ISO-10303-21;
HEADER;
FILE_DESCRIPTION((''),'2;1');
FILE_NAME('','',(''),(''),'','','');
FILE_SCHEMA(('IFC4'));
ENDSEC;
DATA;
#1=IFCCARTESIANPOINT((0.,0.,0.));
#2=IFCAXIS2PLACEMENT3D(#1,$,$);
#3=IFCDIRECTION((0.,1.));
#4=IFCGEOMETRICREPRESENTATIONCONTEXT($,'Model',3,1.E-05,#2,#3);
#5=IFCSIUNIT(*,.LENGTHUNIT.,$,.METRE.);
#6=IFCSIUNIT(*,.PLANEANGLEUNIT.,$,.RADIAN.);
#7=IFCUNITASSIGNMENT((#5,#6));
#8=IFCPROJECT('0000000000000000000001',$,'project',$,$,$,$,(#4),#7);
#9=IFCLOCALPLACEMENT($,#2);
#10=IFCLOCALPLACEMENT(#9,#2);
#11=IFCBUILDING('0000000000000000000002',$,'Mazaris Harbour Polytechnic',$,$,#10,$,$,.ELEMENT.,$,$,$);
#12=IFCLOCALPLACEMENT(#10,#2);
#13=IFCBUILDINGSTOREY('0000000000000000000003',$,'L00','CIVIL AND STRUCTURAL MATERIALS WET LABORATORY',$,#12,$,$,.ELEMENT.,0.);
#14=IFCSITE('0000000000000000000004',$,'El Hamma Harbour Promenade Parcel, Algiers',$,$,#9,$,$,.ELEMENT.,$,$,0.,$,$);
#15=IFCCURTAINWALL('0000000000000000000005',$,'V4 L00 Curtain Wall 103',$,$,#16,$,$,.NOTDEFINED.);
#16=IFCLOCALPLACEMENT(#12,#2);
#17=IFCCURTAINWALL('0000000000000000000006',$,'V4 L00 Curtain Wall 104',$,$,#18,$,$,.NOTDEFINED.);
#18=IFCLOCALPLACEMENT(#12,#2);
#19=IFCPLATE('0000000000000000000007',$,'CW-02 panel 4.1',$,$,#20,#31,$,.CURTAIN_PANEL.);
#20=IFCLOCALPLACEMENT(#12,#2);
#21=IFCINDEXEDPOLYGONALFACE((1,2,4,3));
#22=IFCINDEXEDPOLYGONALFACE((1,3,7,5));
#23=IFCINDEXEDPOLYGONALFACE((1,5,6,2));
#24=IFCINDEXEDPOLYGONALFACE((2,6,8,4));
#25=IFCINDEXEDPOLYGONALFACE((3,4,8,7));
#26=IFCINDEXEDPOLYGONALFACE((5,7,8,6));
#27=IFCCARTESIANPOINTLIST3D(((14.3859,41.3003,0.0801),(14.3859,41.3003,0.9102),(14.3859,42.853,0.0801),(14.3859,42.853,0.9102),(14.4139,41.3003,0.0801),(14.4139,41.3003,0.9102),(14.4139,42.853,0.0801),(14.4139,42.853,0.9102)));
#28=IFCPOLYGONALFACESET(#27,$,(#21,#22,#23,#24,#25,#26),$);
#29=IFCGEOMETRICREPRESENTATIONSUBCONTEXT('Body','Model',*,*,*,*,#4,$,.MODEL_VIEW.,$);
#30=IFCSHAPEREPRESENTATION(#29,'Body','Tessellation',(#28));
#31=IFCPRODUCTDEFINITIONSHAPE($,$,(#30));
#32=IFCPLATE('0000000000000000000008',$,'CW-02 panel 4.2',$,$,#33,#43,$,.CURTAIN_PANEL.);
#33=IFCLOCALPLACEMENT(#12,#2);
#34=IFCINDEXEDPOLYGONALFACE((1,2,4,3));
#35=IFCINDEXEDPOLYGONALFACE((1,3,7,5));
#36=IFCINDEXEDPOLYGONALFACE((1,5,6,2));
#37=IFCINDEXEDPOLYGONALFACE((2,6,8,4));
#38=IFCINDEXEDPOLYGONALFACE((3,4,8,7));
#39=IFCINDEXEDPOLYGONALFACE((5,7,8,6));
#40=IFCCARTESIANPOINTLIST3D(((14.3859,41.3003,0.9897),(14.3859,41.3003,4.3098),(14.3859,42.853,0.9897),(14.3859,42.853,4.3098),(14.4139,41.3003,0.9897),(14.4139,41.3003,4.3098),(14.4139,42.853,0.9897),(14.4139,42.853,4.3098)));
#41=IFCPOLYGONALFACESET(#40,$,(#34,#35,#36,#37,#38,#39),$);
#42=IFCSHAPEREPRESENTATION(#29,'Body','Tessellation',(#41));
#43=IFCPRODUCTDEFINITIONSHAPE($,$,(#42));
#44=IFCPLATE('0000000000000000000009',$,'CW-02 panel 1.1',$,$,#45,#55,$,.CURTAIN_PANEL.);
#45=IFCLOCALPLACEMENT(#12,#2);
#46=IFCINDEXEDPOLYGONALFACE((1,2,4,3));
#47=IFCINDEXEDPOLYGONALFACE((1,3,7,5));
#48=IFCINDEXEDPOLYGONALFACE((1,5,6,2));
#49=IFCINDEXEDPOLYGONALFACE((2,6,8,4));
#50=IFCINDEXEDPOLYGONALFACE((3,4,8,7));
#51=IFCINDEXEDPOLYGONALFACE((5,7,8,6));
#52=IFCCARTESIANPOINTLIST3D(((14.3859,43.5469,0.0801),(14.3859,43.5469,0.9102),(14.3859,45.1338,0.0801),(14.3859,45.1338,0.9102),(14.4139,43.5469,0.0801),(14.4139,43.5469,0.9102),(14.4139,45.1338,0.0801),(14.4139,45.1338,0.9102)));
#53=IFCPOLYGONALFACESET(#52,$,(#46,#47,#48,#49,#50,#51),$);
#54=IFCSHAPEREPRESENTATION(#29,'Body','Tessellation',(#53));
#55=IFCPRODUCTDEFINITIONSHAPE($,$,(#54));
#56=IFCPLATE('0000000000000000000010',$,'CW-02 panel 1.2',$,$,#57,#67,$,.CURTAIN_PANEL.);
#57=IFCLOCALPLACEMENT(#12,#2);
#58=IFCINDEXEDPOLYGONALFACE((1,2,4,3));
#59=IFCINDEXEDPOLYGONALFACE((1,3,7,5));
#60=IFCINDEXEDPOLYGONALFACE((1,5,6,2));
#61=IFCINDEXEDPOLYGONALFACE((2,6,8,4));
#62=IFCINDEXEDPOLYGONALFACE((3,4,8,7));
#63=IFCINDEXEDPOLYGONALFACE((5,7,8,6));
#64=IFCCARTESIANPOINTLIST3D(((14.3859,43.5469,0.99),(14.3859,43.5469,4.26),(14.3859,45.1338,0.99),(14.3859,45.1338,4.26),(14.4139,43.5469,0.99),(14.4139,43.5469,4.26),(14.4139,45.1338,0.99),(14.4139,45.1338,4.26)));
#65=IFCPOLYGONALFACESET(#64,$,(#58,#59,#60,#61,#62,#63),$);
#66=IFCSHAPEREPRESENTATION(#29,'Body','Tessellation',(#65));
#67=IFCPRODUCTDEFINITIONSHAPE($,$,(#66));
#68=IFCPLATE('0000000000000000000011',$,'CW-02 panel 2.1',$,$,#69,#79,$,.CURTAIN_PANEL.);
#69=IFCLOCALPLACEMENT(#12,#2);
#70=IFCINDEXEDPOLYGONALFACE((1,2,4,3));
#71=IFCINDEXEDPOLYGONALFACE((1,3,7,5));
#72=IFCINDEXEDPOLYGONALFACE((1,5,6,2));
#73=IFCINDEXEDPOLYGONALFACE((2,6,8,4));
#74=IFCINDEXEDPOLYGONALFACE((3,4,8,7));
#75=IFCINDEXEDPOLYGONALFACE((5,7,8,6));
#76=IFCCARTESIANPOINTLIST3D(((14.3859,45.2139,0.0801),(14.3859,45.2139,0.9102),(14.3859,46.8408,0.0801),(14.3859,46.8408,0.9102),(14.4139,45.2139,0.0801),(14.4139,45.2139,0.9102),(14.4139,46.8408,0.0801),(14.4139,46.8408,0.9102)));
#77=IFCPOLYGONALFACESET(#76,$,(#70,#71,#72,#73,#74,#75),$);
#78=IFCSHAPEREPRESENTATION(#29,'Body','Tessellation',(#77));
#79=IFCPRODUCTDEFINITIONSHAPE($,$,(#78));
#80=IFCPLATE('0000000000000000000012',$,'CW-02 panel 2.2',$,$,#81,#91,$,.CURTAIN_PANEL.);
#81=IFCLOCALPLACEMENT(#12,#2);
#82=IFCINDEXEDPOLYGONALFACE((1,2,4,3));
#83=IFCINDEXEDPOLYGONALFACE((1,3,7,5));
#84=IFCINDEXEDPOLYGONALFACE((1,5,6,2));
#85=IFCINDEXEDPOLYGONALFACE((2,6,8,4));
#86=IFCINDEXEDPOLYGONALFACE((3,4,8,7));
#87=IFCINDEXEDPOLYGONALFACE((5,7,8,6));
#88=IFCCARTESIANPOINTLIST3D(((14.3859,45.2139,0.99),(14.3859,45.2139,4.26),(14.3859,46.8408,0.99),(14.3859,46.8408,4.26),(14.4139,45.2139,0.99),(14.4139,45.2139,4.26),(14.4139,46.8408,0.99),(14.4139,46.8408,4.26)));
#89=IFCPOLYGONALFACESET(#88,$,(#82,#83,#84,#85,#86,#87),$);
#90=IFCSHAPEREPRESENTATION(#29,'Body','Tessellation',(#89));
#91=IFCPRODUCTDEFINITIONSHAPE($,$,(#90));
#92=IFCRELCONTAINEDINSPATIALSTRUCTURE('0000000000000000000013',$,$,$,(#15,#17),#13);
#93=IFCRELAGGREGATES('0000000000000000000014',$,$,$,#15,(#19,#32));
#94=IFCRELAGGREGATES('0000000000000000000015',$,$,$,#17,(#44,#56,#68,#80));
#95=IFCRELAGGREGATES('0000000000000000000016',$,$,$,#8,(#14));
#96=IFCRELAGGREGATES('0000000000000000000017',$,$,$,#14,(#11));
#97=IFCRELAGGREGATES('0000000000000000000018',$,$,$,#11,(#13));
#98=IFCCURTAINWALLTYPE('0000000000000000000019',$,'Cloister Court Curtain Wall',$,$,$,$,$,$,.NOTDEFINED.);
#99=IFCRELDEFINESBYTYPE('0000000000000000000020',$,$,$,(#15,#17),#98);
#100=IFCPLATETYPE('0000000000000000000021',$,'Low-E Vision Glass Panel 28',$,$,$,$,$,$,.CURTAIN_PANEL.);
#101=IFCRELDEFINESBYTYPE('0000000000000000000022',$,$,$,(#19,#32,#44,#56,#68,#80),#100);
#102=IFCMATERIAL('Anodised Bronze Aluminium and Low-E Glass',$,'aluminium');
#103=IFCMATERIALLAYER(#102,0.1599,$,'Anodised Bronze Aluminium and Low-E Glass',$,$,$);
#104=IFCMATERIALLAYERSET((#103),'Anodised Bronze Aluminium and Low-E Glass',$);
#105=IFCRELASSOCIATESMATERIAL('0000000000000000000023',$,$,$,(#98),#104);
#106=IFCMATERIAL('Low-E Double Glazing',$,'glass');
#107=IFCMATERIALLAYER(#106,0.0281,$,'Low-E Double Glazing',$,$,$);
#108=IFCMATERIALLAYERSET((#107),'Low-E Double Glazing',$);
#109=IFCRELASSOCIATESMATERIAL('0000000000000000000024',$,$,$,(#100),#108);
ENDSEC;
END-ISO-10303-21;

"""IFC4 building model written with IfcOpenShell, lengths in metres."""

from ifc_helpers import new_model, si_unit, direction, frame, origin, origin_2d, place, context, subcontext, project, spatial, rectangle, extrude, material, layer, layer_set, type_object, element, aggregate, save


model = new_model("IFC4")

# Units and contexts
model_context = context("Model", 3, precision=1e-05, world=origin(), true_north=direction((0.0, 1.0)))
body_context = subcontext(model_context, "Body", "Model", "MODEL_VIEW")
ifc_project = project(units=[si_unit("LENGTHUNIT", "METRE"), si_unit("PLANEANGLEUNIT", "RADIAN")], contexts=[model_context])

# Site, building, storey
site_placement = place(None, origin())
site = spatial("IfcSite", under=ifc_project, at=site_placement, Name="El Hamma Harbour Promenade Parcel, Algiers", CompositionType="ELEMENT", RefElevation=0.0)
building_placement = place(site_placement, origin())
building = spatial("IfcBuilding", under=site, at=building_placement, Name="Mazaris Harbour Polytechnic", CompositionType="ELEMENT")
storey_placement = place(building_placement, origin())
storey = spatial("IfcBuildingStorey", under=building, at=storey_placement, Name="L00", Description="CIVIL AND STRUCTURAL MATERIALS WET LABORATORY", CompositionType="ELEMENT", Elevation=0.0)

# Curtain walls
ifc_material_1 = material(Name="Anodised Bronze Aluminium and Low-E Glass", Category="aluminium")
ifc_layer_1 = layer(ifc_material_1, 0.1599, Name="Anodised Bronze Aluminium and Low-E Glass")
ifc_layer_set_1 = layer_set([ifc_layer_1], Name="Anodised Bronze Aluminium and Low-E Glass")
curtain_wall_type = type_object("IfcCurtainWallType", Name="Cloister Court Curtain Wall", PredefinedType="NOTDEFINED", material=ifc_layer_set_1)
curtain_wall_1_placement = place(storey_placement, origin())
curtain_wall_1 = element("IfcCurtainWall", 1, at=curtain_wall_1_placement, inside=storey, type_object=curtain_wall_type, Name="V4 L00 Curtain Wall 103", PredefinedType="NOTDEFINED")
curtain_wall_2_placement = place(storey_placement, origin())
curtain_wall_2 = element("IfcCurtainWall", 2, at=curtain_wall_2_placement, inside=storey, type_object=curtain_wall_type, Name="V4 L00 Curtain Wall 104", PredefinedType="NOTDEFINED")

# Plates
ifc_material_2 = material(Name="Low-E Double Glazing", Category="glass")
ifc_layer_2 = layer(ifc_material_2, 0.0281, Name="Low-E Double Glazing")
ifc_layer_set_2 = layer_set([ifc_layer_2], Name="Low-E Double Glazing")
plate_type = type_object("IfcPlateType", Name="Low-E Vision Glass Panel 28", PredefinedType="CURTAIN_PANEL", material=ifc_layer_set_2)
plate_1_placement = place(storey_placement, frame((14.3999, 42.0767, 0.0801), z_axis=(0.0, 0.0, 1.0), x_axis=(0.0, 1.0, 0.0)))
plate_1 = element("IfcPlate", 3, at=plate_1_placement, type_object=plate_type, Name="CW-02 panel 4.1", PredefinedType="CURTAIN_PANEL", context=body_context, shape_type="SweptSolid", body=[
    extrude(rectangle(XDim=1.5527, YDim=0.0281, at=origin_2d()), origin(), (0.0, 0.0, 1.0), 0.8301),
])
plate_2_placement = place(storey_placement, frame((14.3999, 42.0767, 0.9897), z_axis=(0.0, 0.0, 1.0), x_axis=(0.0, 1.0, 0.0)))
plate_2 = element("IfcPlate", 4, at=plate_2_placement, type_object=plate_type, Name="CW-02 panel 4.2", PredefinedType="CURTAIN_PANEL", context=body_context, shape_type="SweptSolid", body=[
    extrude(rectangle(XDim=1.5527, YDim=0.0281, at=origin_2d()), origin(), (0.0, 0.0, 1.0), 3.3201),
])
aggregate(curtain_wall_1, [plate_1, plate_2])
plate_3_placement = place(storey_placement, frame((14.3999, 44.3403, 0.0801), z_axis=(0.0, 0.0, 1.0), x_axis=(0.0, 1.0, 0.0)))
plate_3 = element("IfcPlate", 5, at=plate_3_placement, type_object=plate_type, Name="CW-02 panel 1.1", PredefinedType="CURTAIN_PANEL", context=body_context, shape_type="SweptSolid", body=[
    extrude(rectangle(XDim=1.5869, YDim=0.0281, at=origin_2d()), origin(), (0.0, 0.0, 1.0), 0.8301),
])
plate_4_placement = place(storey_placement, frame((14.3999, 44.3403, 0.99), z_axis=(0.0, 0.0, 1.0), x_axis=(0.0, 1.0, 0.0)))
plate_4 = element("IfcPlate", 6, at=plate_4_placement, type_object=plate_type, Name="CW-02 panel 1.2", PredefinedType="CURTAIN_PANEL", context=body_context, shape_type="SweptSolid", body=[
    extrude(rectangle(XDim=1.5869, YDim=0.0281, at=origin_2d()), origin(), (0.0, 0.0, 1.0), 3.27),
])
plate_5_placement = place(storey_placement, frame((14.3999, 46.0273, 0.0801), z_axis=(0.0, 0.0, 1.0), x_axis=(0.0, 1.0, 0.0)))
plate_5 = element("IfcPlate", 7, at=plate_5_placement, type_object=plate_type, Name="CW-02 panel 2.1", PredefinedType="CURTAIN_PANEL", context=body_context, shape_type="SweptSolid", body=[
    extrude(rectangle(XDim=1.627, YDim=0.0281, at=origin_2d()), origin(), (0.0, 0.0, 1.0), 0.8301),
])
plate_6_placement = place(storey_placement, frame((14.3999, 46.0273, 0.99), z_axis=(0.0, 0.0, 1.0), x_axis=(0.0, 1.0, 0.0)))
plate_6 = element("IfcPlate", 8, at=plate_6_placement, type_object=plate_type, Name="CW-02 panel 2.2", PredefinedType="CURTAIN_PANEL", context=body_context, shape_type="SweptSolid", body=[
    extrude(rectangle(XDim=1.627, YDim=0.0281, at=origin_2d()), origin(), (0.0, 0.0, 1.0), 3.27),
])
aggregate(curtain_wall_2, [plate_3, plate_4, plate_5, plate_6])

save(model, "model.ifc")
